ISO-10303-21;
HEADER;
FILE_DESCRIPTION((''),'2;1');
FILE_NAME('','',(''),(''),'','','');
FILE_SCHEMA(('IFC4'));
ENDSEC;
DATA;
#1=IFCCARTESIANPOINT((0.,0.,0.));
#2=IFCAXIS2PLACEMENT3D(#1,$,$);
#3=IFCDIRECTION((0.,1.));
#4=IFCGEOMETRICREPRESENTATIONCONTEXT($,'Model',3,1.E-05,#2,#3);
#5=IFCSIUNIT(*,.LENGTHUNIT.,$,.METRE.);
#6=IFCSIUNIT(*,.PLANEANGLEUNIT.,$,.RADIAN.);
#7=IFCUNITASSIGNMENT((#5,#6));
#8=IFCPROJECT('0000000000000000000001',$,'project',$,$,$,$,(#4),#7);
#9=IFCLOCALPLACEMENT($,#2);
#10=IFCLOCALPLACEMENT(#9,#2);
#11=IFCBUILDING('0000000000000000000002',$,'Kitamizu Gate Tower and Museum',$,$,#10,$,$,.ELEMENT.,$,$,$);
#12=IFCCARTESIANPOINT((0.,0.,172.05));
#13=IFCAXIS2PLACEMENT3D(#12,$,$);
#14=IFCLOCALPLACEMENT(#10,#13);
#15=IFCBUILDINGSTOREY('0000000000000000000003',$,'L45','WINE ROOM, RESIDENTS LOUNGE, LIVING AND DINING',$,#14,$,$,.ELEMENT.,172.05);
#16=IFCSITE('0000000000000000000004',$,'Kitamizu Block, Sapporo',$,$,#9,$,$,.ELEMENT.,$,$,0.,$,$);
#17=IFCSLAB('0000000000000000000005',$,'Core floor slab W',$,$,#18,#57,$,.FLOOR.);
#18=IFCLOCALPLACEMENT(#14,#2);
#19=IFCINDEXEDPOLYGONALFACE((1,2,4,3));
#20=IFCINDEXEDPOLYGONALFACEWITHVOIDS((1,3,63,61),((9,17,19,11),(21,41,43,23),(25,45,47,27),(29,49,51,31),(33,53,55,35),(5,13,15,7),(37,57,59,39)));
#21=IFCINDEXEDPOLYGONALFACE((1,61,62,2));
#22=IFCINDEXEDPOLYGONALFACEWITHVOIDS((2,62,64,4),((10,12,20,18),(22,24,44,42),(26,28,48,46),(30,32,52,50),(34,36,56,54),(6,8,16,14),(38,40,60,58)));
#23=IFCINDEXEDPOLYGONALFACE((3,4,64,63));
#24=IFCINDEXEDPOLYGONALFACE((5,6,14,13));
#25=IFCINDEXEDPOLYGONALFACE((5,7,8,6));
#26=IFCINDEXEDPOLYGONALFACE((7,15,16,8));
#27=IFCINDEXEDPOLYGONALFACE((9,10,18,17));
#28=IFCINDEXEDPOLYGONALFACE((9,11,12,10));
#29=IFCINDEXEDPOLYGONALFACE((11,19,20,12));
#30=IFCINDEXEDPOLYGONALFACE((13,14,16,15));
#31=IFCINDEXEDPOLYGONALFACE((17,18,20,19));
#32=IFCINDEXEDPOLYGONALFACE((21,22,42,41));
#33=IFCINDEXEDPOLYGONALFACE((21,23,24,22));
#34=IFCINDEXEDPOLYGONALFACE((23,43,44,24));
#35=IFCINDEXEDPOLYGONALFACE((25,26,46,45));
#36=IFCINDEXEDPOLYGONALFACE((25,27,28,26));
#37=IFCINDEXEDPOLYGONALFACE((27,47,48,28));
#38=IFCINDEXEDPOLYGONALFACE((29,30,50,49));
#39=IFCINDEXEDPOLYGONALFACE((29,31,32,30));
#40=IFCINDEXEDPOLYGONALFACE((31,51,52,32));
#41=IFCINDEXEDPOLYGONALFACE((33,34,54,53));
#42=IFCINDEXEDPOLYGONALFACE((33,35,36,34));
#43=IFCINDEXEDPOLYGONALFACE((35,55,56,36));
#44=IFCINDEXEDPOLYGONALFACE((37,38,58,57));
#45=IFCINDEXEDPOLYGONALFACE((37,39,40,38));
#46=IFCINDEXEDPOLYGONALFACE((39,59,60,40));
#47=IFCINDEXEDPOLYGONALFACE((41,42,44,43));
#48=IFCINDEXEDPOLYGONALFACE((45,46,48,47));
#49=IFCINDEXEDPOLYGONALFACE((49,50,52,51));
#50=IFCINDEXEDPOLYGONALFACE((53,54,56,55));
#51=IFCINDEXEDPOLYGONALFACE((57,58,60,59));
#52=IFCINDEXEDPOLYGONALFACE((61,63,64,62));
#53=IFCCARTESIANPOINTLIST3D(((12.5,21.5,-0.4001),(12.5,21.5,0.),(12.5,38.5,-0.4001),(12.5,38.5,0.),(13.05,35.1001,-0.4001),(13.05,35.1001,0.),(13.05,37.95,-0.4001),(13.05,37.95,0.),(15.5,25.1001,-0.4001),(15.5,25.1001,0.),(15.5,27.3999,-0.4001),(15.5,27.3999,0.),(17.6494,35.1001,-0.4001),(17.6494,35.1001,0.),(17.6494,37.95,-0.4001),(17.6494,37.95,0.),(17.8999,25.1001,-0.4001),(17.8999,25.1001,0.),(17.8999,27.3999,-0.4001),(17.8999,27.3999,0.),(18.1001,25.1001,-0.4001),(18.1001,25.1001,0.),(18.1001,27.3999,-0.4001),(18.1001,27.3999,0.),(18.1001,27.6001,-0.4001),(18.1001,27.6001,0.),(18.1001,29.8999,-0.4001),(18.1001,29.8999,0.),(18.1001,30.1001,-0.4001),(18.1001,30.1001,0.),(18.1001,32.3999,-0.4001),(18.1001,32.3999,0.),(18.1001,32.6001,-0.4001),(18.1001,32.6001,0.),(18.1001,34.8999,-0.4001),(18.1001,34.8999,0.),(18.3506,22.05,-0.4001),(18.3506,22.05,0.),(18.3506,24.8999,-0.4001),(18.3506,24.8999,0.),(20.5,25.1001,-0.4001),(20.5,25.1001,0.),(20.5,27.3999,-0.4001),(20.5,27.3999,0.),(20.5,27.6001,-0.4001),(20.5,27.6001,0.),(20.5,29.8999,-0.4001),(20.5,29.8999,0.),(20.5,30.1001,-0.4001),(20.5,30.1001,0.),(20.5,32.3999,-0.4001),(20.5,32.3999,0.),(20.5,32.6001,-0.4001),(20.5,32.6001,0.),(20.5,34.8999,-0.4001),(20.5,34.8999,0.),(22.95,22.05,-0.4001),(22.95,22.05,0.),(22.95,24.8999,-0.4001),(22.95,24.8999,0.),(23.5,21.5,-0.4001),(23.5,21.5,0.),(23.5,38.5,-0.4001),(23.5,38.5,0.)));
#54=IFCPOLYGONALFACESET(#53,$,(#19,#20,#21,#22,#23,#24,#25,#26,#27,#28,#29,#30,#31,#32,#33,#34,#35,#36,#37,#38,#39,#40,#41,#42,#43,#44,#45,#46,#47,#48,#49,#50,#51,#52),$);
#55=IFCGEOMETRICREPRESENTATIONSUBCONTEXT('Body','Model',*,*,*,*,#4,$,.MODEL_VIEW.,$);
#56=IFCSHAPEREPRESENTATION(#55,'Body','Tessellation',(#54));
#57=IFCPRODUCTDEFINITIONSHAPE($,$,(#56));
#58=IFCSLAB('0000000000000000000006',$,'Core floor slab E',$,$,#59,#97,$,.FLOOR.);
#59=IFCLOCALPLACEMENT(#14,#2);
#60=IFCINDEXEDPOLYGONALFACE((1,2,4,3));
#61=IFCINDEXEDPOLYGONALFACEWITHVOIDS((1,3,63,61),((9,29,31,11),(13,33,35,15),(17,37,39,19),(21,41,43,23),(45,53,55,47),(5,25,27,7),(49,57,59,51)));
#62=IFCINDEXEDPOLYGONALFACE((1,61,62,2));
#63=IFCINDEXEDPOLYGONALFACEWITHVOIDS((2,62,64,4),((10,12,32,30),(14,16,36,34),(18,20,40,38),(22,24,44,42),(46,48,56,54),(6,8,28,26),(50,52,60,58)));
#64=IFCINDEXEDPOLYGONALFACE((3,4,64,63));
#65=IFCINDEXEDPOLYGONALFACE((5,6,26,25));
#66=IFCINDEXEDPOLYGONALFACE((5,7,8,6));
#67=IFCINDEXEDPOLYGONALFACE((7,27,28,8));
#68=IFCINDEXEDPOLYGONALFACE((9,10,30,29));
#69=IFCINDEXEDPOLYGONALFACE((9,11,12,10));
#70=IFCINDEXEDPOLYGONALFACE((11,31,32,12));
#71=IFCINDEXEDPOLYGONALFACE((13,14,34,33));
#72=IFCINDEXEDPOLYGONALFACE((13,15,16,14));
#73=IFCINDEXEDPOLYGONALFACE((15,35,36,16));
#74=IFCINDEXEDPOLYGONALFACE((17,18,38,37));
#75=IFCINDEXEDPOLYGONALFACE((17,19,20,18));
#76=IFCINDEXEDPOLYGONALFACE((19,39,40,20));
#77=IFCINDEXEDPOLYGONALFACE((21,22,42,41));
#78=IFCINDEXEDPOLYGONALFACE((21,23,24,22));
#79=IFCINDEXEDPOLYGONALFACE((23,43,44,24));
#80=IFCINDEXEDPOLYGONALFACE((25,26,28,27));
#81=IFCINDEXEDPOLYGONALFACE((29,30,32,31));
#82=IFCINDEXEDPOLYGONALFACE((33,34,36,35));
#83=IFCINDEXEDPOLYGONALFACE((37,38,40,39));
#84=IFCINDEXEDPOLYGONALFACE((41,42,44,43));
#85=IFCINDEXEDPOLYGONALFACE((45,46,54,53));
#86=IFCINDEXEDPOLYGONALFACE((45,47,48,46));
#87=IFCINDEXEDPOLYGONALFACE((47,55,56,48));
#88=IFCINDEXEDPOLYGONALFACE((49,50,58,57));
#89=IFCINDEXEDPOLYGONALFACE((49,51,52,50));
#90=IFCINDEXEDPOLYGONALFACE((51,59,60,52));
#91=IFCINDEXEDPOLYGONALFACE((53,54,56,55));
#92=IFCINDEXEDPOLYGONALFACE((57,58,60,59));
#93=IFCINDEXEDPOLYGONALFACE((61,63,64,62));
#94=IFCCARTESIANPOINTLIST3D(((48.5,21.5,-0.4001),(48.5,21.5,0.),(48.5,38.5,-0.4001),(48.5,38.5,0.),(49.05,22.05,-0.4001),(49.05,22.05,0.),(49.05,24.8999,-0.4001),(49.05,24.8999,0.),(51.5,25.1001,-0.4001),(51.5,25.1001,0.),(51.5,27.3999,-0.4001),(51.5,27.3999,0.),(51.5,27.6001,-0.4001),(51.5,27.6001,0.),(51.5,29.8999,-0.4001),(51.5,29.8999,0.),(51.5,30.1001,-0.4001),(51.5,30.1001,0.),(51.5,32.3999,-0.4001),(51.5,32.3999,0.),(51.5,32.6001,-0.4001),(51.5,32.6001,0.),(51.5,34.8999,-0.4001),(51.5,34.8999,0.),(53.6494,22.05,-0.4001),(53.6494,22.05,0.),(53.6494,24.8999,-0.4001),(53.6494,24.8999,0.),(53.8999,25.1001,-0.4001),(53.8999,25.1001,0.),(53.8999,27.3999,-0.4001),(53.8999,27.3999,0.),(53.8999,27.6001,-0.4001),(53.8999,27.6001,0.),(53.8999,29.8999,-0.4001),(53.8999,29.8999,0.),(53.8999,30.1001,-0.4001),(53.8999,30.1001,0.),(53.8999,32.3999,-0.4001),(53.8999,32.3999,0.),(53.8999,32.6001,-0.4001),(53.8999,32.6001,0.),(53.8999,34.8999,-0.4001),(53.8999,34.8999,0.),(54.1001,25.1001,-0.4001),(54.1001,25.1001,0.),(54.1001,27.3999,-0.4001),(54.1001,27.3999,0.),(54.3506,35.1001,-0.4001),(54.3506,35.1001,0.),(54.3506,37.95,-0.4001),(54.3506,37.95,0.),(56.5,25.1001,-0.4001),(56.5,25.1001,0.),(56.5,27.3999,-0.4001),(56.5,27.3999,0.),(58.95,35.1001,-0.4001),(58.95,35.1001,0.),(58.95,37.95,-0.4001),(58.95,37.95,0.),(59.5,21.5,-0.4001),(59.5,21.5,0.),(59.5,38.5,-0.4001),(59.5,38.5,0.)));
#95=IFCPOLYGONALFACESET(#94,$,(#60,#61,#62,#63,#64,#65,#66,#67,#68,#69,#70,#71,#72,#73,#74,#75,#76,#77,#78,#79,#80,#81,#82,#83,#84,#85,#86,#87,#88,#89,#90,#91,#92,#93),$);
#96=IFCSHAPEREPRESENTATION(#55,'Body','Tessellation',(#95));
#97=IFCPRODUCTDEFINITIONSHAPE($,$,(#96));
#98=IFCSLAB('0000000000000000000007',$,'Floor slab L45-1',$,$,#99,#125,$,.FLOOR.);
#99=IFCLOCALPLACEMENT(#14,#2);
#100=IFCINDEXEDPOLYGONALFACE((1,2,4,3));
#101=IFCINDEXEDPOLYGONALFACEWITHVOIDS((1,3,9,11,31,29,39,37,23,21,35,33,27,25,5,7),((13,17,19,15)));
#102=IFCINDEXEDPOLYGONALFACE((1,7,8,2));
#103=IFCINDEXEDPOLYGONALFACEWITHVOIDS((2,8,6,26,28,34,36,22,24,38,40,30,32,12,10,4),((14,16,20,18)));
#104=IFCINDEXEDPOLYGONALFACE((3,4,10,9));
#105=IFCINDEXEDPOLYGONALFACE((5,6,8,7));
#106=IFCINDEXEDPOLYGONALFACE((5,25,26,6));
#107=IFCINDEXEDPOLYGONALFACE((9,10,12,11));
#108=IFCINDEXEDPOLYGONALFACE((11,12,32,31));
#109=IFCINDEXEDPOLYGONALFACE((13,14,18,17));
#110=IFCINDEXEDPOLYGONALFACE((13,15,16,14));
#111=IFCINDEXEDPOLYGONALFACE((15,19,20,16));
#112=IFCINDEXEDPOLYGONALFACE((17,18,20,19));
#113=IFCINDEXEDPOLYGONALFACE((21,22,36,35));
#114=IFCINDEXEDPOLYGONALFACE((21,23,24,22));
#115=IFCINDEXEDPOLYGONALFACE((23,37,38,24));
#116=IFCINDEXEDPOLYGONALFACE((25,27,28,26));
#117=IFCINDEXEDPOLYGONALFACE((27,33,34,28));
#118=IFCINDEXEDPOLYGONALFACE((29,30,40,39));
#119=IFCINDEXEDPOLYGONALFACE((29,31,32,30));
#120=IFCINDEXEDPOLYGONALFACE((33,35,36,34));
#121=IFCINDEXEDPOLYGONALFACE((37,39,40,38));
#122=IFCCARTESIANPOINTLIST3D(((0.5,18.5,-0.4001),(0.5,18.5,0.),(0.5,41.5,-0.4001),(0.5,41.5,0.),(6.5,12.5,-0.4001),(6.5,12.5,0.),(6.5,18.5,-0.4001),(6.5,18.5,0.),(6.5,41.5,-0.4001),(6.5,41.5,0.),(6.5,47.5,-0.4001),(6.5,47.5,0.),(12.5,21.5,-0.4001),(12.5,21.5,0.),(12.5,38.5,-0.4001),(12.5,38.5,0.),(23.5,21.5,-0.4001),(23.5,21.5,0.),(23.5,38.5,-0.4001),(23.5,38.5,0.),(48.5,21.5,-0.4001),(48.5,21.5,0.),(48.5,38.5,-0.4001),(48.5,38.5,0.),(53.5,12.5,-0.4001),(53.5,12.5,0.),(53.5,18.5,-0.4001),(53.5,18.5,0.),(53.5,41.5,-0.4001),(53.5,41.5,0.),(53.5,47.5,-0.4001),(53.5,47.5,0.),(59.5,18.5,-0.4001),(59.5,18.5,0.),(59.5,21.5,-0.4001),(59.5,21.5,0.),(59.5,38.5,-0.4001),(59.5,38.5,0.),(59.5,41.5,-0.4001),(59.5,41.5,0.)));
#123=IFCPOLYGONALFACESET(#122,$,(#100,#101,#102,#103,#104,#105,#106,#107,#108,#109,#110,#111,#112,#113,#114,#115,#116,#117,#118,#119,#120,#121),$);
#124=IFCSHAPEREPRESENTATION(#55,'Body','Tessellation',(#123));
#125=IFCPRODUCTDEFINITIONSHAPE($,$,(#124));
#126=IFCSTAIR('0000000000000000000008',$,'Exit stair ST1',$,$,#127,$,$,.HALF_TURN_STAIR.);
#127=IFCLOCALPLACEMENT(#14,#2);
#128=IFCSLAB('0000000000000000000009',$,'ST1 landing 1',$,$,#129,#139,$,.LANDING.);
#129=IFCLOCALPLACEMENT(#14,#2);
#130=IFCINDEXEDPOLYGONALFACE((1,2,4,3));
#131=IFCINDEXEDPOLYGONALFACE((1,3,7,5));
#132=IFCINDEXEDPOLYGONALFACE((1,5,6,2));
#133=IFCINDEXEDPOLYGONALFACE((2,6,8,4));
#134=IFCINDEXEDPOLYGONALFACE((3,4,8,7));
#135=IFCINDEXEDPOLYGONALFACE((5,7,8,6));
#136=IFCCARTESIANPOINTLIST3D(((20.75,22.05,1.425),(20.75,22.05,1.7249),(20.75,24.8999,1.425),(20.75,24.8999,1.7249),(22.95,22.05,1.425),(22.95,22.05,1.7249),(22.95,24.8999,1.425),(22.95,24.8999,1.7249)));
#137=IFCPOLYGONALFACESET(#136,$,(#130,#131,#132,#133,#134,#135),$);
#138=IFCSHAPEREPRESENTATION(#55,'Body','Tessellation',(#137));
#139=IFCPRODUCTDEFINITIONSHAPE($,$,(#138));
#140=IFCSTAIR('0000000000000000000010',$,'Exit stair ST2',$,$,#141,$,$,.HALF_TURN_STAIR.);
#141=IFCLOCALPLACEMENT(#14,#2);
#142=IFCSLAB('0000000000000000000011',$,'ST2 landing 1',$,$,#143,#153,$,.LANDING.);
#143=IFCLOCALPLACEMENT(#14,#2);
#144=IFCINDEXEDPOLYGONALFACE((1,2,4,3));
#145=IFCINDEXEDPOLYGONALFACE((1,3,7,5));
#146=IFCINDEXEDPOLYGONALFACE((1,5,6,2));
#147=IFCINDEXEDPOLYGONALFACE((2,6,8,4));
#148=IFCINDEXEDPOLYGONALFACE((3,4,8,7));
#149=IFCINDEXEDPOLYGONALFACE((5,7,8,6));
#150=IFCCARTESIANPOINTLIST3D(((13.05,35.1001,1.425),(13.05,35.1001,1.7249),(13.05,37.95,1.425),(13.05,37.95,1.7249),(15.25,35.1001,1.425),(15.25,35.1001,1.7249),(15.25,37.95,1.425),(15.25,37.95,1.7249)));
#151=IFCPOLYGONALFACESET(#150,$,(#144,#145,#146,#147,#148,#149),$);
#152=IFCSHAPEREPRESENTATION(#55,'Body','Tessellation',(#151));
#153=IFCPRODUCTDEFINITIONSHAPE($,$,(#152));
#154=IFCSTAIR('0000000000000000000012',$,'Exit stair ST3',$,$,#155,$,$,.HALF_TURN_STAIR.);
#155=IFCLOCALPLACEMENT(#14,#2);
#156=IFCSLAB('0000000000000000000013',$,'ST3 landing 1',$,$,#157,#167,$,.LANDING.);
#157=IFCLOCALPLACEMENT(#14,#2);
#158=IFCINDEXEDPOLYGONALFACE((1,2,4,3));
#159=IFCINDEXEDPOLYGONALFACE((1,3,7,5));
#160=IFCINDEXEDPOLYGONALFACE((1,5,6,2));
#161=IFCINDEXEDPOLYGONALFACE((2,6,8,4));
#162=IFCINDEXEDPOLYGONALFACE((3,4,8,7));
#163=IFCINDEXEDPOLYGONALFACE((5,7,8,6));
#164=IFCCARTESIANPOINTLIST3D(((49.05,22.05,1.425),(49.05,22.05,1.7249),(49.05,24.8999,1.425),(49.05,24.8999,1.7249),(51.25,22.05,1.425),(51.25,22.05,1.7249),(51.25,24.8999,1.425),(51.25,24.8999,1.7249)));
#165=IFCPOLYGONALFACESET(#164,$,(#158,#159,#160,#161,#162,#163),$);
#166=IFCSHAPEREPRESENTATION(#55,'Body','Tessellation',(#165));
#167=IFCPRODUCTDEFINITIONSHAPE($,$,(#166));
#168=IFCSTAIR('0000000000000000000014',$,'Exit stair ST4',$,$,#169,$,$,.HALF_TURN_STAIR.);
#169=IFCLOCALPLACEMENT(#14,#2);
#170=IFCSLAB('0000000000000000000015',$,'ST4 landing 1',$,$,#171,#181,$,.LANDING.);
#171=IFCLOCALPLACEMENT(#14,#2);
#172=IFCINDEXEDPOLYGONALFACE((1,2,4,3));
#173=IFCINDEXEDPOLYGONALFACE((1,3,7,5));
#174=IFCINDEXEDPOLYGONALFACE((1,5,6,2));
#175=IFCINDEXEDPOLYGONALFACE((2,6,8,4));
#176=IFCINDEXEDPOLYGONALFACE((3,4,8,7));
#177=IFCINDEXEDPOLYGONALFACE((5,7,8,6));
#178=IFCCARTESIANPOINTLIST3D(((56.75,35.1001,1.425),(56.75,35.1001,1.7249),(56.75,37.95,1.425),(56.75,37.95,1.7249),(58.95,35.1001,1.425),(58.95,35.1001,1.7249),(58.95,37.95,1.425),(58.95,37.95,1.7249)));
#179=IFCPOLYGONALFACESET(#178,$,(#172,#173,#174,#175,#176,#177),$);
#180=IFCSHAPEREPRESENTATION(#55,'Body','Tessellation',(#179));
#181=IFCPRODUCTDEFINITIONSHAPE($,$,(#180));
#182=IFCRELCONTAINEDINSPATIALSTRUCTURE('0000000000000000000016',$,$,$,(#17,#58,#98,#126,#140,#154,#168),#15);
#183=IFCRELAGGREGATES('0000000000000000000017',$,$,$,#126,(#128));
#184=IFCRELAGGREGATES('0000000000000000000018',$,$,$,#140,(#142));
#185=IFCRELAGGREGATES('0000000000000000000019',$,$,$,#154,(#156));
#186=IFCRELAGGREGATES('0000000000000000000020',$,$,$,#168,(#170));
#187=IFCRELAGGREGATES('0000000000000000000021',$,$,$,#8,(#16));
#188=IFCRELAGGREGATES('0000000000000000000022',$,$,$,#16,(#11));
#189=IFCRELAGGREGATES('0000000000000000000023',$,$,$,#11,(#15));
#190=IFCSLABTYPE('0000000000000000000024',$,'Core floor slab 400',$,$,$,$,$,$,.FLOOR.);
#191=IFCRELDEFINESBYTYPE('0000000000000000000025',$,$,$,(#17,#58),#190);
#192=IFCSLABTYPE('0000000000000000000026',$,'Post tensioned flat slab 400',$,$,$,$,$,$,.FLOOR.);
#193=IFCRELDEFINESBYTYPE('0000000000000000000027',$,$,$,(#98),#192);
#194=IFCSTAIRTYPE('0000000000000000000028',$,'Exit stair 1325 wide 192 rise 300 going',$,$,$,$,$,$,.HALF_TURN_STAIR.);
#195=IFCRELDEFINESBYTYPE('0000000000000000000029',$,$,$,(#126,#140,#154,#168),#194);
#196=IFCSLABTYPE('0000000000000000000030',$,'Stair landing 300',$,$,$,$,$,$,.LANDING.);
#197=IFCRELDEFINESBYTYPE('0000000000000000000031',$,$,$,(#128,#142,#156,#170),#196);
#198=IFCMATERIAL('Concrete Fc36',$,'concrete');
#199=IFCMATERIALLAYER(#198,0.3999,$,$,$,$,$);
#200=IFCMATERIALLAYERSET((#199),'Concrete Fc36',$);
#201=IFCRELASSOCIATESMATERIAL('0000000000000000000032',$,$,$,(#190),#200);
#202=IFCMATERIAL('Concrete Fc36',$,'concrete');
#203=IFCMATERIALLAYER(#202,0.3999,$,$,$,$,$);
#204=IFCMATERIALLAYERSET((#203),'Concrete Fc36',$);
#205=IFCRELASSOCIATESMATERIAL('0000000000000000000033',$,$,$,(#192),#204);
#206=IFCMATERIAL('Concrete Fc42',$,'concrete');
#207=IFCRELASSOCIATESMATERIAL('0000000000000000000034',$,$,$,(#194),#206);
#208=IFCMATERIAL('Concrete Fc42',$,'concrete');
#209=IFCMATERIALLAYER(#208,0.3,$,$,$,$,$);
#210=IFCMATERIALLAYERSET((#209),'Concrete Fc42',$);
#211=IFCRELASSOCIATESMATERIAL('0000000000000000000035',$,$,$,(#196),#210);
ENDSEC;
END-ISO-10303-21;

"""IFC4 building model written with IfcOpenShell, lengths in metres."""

from ifc_helpers import new_model, si_unit, direction, frame, origin, place, context, subcontext, project, spatial, polyline, outline, extrude, material, layer, layer_set, type_object, element, aggregate, save


model = new_model("IFC4")

# Units and contexts
model_context = context("Model", 3, precision=1e-05, world=origin(), true_north=direction((0.0, 1.0)))
body_context = subcontext(model_context, "Body", "Model", "MODEL_VIEW")
ifc_project = project(units=[si_unit("LENGTHUNIT", "METRE"), si_unit("PLANEANGLEUNIT", "RADIAN")], contexts=[model_context])

# Site, building, storey
site_placement = place(None, origin())
site = spatial("IfcSite", under=ifc_project, at=site_placement, Name="Kitamizu Block, Sapporo", CompositionType="ELEMENT", RefElevation=0.0)
building_placement = place(site_placement, origin())
building = spatial("IfcBuilding", under=site, at=building_placement, Name="Kitamizu Gate Tower and Museum", CompositionType="ELEMENT")
storey_placement = place(building_placement, frame((0.0, 0.0, 172.05)))
storey = spatial("IfcBuildingStorey", under=building, at=storey_placement, Name="L45", Description="WINE ROOM, RESIDENTS LOUNGE, LIVING AND DINING", CompositionType="ELEMENT", Elevation=172.05)

# Slabs
ifc_material_1 = material(Name="Concrete Fc36", Category="concrete")
ifc_layer_1 = layer(ifc_material_1, 0.3999)
ifc_layer_set_1 = layer_set([ifc_layer_1], Name="Concrete Fc36")
slab_type_1 = type_object("IfcSlabType", Name="Core floor slab 400", PredefinedType="FLOOR", material=ifc_layer_set_1)
slab_1_placement = place(storey_placement, frame((0.0, 0.0, -0.4001)))
element("IfcSlab", 1, at=slab_1_placement, inside=storey, type_object=slab_type_1, Name="Core floor slab W", PredefinedType="FLOOR", context=body_context, shape_type="SweptSolid", body=[
    extrude(outline(polyline([(12.5, 21.5), (23.5, 21.5), (23.5, 38.5), (12.5, 38.5), (12.5, 21.5)]), holes=[polyline([(15.5, 25.1001), (17.8999, 25.1001), (17.8999, 27.3999), (15.5, 27.3999), (15.5, 25.1001)]), polyline([(18.1001, 25.1001), (20.5, 25.1001), (20.5, 27.3999), (18.1001, 27.3999), (18.1001, 25.1001)]), polyline([(18.1001, 27.6001), (20.5, 27.6001), (20.5, 29.8999), (18.1001, 29.8999), (18.1001, 27.6001)]), polyline([(18.1001, 30.1001), (20.5, 30.1001), (20.5, 32.3999), (18.1001, 32.3999), (18.1001, 30.1001)]), polyline([(18.1001, 32.6001), (20.5, 32.6001), (20.5, 34.8999), (18.1001, 34.8999), (18.1001, 32.6001)]), polyline([(18.3506, 22.05), (22.95, 22.05), (22.95, 24.8999), (18.3506, 24.8999), (18.3506, 22.05)]), polyline([(13.05, 35.1001), (17.6494, 35.1001), (17.6494, 37.95), (13.05, 37.95), (13.05, 35.1001)])]), origin(), (0.0, 0.0, 1.0), 0.4001),
])
slab_2_placement = place(storey_placement, frame((0.0, 0.0, -0.4001)))
element("IfcSlab", 2, at=slab_2_placement, inside=storey, type_object=slab_type_1, Name="Core floor slab E", PredefinedType="FLOOR", context=body_context, shape_type="SweptSolid", body=[
    extrude(outline(polyline([(48.5, 21.5), (59.5, 21.5), (59.5, 38.5), (48.5, 38.5), (48.5, 21.5)]), holes=[polyline([(54.1001, 25.1001), (56.5, 25.1001), (56.5, 27.3999), (54.1001, 27.3999), (54.1001, 25.1001)]), polyline([(51.5, 25.1001), (53.8999, 25.1001), (53.8999, 27.3999), (51.5, 27.3999), (51.5, 25.1001)]), polyline([(51.5, 27.6001), (53.8999, 27.6001), (53.8999, 29.8999), (51.5, 29.8999), (51.5, 27.6001)]), polyline([(51.5, 30.1001), (53.8999, 30.1001), (53.8999, 32.3999), (51.5, 32.3999), (51.5, 30.1001)]), polyline([(51.5, 32.6001), (53.8999, 32.6001), (53.8999, 34.8999), (51.5, 34.8999), (51.5, 32.6001)]), polyline([(49.05, 22.05), (53.6494, 22.05), (53.6494, 24.8999), (49.05, 24.8999), (49.05, 22.05)]), polyline([(54.3506, 35.1001), (58.95, 35.1001), (58.95, 37.95), (54.3506, 37.95), (54.3506, 35.1001)])]), origin(), (0.0, 0.0, 1.0), 0.4001),
])
ifc_material_2 = material(Name="Concrete Fc36", Category="concrete")
ifc_layer_2 = layer(ifc_material_2, 0.3999)
ifc_layer_set_2 = layer_set([ifc_layer_2], Name="Concrete Fc36")
slab_type_2 = type_object("IfcSlabType", Name="Post tensioned flat slab 400", PredefinedType="FLOOR", material=ifc_layer_set_2)
slab_3_placement = place(storey_placement, frame((0.0, 0.0, -0.4001)))
element("IfcSlab", 3, at=slab_3_placement, inside=storey, type_object=slab_type_2, Name="Floor slab L45-1", PredefinedType="FLOOR", context=body_context, shape_type="SweptSolid", body=[
    extrude(outline(polyline([(0.5, 18.5), (0.5, 41.5), (6.5, 41.5), (6.5, 47.5), (53.5, 47.5), (53.5, 41.5), (59.5, 41.5), (59.5, 38.5), (48.5, 38.5), (48.5, 21.5), (59.5, 21.5), (59.5, 18.5), (53.5, 18.5), (53.5, 12.5), (6.5, 12.5), (6.5, 18.5), (0.5, 18.5)]), holes=[polyline([(12.5, 38.5), (12.5, 21.5), (23.5, 21.5), (23.5, 38.5), (12.5, 38.5)])]), origin(), (0.0, 0.0, 1.0), 0.4001),
])

# Stairs, slabs
ifc_material_3 = material(Name="Concrete Fc42", Category="concrete")
stair_type = type_object("IfcStairType", Name="Exit stair 1325 wide 192 rise 300 going", PredefinedType="HALF_TURN_STAIR", material=ifc_material_3)
stair_1_placement = place(storey_placement, origin())
stair_1 = element("IfcStair", 4, at=stair_1_placement, inside=storey, type_object=stair_type, Name="Exit stair ST1", PredefinedType="HALF_TURN_STAIR")
ifc_material_4 = material(Name="Concrete Fc42", Category="concrete")
ifc_layer_3 = layer(ifc_material_4, 0.3)
ifc_layer_set_3 = layer_set([ifc_layer_3], Name="Concrete Fc42")
slab_type_3 = type_object("IfcSlabType", Name="Stair landing 300", PredefinedType="LANDING", material=ifc_layer_set_3)
slab_4_placement = place(storey_placement, frame((0.0, 0.0, 1.425)))
slab_4 = element("IfcSlab", 5, at=slab_4_placement, type_object=slab_type_3, Name="ST1 landing 1", PredefinedType="LANDING", context=body_context, shape_type="SweptSolid", body=[
    extrude(outline(polyline([(20.75, 22.05), (22.95, 22.05), (22.95, 24.8999), (20.75, 24.8999), (20.75, 22.05)])), origin(), (0.0, 0.0, 1.0), 0.2998),
])
aggregate(stair_1, [slab_4])
stair_2_placement = place(storey_placement, origin())
stair_2 = element("IfcStair", 6, at=stair_2_placement, inside=storey, type_object=stair_type, Name="Exit stair ST2", PredefinedType="HALF_TURN_STAIR")
slab_5_placement = place(storey_placement, frame((0.0, 0.0, 1.425)))
slab_5 = element("IfcSlab", 7, at=slab_5_placement, type_object=slab_type_3, Name="ST2 landing 1", PredefinedType="LANDING", context=body_context, shape_type="SweptSolid", body=[
    extrude(outline(polyline([(13.05, 35.1001), (15.25, 35.1001), (15.25, 37.95), (13.05, 37.95), (13.05, 35.1001)])), origin(), (0.0, 0.0, 1.0), 0.2998),
])
aggregate(stair_2, [slab_5])
stair_3_placement = place(storey_placement, origin())
stair_3 = element("IfcStair", 8, at=stair_3_placement, inside=storey, type_object=stair_type, Name="Exit stair ST3", PredefinedType="HALF_TURN_STAIR")
slab_6_placement = place(storey_placement, frame((0.0, 0.0, 1.425)))
slab_6 = element("IfcSlab", 9, at=slab_6_placement, type_object=slab_type_3, Name="ST3 landing 1", PredefinedType="LANDING", context=body_context, shape_type="SweptSolid", body=[
    extrude(outline(polyline([(49.05, 22.05), (51.25, 22.05), (51.25, 24.8999), (49.05, 24.8999), (49.05, 22.05)])), origin(), (0.0, 0.0, 1.0), 0.2998),
])
aggregate(stair_3, [slab_6])
stair_4_placement = place(storey_placement, origin())
stair_4 = element("IfcStair", 10, at=stair_4_placement, inside=storey, type_object=stair_type, Name="Exit stair ST4", PredefinedType="HALF_TURN_STAIR")
slab_7_placement = place(storey_placement, frame((0.0, 0.0, 1.425)))
slab_7 = element("IfcSlab", 11, at=slab_7_placement, type_object=slab_type_3, Name="ST4 landing 1", PredefinedType="LANDING", context=body_context, shape_type="SweptSolid", body=[
    extrude(outline(polyline([(56.75, 35.1001), (58.95, 35.1001), (58.95, 37.95), (56.75, 37.95), (56.75, 35.1001)])), origin(), (0.0, 0.0, 1.0), 0.2998),
])
aggregate(stair_4, [slab_7])

save(model, "model.ifc")
